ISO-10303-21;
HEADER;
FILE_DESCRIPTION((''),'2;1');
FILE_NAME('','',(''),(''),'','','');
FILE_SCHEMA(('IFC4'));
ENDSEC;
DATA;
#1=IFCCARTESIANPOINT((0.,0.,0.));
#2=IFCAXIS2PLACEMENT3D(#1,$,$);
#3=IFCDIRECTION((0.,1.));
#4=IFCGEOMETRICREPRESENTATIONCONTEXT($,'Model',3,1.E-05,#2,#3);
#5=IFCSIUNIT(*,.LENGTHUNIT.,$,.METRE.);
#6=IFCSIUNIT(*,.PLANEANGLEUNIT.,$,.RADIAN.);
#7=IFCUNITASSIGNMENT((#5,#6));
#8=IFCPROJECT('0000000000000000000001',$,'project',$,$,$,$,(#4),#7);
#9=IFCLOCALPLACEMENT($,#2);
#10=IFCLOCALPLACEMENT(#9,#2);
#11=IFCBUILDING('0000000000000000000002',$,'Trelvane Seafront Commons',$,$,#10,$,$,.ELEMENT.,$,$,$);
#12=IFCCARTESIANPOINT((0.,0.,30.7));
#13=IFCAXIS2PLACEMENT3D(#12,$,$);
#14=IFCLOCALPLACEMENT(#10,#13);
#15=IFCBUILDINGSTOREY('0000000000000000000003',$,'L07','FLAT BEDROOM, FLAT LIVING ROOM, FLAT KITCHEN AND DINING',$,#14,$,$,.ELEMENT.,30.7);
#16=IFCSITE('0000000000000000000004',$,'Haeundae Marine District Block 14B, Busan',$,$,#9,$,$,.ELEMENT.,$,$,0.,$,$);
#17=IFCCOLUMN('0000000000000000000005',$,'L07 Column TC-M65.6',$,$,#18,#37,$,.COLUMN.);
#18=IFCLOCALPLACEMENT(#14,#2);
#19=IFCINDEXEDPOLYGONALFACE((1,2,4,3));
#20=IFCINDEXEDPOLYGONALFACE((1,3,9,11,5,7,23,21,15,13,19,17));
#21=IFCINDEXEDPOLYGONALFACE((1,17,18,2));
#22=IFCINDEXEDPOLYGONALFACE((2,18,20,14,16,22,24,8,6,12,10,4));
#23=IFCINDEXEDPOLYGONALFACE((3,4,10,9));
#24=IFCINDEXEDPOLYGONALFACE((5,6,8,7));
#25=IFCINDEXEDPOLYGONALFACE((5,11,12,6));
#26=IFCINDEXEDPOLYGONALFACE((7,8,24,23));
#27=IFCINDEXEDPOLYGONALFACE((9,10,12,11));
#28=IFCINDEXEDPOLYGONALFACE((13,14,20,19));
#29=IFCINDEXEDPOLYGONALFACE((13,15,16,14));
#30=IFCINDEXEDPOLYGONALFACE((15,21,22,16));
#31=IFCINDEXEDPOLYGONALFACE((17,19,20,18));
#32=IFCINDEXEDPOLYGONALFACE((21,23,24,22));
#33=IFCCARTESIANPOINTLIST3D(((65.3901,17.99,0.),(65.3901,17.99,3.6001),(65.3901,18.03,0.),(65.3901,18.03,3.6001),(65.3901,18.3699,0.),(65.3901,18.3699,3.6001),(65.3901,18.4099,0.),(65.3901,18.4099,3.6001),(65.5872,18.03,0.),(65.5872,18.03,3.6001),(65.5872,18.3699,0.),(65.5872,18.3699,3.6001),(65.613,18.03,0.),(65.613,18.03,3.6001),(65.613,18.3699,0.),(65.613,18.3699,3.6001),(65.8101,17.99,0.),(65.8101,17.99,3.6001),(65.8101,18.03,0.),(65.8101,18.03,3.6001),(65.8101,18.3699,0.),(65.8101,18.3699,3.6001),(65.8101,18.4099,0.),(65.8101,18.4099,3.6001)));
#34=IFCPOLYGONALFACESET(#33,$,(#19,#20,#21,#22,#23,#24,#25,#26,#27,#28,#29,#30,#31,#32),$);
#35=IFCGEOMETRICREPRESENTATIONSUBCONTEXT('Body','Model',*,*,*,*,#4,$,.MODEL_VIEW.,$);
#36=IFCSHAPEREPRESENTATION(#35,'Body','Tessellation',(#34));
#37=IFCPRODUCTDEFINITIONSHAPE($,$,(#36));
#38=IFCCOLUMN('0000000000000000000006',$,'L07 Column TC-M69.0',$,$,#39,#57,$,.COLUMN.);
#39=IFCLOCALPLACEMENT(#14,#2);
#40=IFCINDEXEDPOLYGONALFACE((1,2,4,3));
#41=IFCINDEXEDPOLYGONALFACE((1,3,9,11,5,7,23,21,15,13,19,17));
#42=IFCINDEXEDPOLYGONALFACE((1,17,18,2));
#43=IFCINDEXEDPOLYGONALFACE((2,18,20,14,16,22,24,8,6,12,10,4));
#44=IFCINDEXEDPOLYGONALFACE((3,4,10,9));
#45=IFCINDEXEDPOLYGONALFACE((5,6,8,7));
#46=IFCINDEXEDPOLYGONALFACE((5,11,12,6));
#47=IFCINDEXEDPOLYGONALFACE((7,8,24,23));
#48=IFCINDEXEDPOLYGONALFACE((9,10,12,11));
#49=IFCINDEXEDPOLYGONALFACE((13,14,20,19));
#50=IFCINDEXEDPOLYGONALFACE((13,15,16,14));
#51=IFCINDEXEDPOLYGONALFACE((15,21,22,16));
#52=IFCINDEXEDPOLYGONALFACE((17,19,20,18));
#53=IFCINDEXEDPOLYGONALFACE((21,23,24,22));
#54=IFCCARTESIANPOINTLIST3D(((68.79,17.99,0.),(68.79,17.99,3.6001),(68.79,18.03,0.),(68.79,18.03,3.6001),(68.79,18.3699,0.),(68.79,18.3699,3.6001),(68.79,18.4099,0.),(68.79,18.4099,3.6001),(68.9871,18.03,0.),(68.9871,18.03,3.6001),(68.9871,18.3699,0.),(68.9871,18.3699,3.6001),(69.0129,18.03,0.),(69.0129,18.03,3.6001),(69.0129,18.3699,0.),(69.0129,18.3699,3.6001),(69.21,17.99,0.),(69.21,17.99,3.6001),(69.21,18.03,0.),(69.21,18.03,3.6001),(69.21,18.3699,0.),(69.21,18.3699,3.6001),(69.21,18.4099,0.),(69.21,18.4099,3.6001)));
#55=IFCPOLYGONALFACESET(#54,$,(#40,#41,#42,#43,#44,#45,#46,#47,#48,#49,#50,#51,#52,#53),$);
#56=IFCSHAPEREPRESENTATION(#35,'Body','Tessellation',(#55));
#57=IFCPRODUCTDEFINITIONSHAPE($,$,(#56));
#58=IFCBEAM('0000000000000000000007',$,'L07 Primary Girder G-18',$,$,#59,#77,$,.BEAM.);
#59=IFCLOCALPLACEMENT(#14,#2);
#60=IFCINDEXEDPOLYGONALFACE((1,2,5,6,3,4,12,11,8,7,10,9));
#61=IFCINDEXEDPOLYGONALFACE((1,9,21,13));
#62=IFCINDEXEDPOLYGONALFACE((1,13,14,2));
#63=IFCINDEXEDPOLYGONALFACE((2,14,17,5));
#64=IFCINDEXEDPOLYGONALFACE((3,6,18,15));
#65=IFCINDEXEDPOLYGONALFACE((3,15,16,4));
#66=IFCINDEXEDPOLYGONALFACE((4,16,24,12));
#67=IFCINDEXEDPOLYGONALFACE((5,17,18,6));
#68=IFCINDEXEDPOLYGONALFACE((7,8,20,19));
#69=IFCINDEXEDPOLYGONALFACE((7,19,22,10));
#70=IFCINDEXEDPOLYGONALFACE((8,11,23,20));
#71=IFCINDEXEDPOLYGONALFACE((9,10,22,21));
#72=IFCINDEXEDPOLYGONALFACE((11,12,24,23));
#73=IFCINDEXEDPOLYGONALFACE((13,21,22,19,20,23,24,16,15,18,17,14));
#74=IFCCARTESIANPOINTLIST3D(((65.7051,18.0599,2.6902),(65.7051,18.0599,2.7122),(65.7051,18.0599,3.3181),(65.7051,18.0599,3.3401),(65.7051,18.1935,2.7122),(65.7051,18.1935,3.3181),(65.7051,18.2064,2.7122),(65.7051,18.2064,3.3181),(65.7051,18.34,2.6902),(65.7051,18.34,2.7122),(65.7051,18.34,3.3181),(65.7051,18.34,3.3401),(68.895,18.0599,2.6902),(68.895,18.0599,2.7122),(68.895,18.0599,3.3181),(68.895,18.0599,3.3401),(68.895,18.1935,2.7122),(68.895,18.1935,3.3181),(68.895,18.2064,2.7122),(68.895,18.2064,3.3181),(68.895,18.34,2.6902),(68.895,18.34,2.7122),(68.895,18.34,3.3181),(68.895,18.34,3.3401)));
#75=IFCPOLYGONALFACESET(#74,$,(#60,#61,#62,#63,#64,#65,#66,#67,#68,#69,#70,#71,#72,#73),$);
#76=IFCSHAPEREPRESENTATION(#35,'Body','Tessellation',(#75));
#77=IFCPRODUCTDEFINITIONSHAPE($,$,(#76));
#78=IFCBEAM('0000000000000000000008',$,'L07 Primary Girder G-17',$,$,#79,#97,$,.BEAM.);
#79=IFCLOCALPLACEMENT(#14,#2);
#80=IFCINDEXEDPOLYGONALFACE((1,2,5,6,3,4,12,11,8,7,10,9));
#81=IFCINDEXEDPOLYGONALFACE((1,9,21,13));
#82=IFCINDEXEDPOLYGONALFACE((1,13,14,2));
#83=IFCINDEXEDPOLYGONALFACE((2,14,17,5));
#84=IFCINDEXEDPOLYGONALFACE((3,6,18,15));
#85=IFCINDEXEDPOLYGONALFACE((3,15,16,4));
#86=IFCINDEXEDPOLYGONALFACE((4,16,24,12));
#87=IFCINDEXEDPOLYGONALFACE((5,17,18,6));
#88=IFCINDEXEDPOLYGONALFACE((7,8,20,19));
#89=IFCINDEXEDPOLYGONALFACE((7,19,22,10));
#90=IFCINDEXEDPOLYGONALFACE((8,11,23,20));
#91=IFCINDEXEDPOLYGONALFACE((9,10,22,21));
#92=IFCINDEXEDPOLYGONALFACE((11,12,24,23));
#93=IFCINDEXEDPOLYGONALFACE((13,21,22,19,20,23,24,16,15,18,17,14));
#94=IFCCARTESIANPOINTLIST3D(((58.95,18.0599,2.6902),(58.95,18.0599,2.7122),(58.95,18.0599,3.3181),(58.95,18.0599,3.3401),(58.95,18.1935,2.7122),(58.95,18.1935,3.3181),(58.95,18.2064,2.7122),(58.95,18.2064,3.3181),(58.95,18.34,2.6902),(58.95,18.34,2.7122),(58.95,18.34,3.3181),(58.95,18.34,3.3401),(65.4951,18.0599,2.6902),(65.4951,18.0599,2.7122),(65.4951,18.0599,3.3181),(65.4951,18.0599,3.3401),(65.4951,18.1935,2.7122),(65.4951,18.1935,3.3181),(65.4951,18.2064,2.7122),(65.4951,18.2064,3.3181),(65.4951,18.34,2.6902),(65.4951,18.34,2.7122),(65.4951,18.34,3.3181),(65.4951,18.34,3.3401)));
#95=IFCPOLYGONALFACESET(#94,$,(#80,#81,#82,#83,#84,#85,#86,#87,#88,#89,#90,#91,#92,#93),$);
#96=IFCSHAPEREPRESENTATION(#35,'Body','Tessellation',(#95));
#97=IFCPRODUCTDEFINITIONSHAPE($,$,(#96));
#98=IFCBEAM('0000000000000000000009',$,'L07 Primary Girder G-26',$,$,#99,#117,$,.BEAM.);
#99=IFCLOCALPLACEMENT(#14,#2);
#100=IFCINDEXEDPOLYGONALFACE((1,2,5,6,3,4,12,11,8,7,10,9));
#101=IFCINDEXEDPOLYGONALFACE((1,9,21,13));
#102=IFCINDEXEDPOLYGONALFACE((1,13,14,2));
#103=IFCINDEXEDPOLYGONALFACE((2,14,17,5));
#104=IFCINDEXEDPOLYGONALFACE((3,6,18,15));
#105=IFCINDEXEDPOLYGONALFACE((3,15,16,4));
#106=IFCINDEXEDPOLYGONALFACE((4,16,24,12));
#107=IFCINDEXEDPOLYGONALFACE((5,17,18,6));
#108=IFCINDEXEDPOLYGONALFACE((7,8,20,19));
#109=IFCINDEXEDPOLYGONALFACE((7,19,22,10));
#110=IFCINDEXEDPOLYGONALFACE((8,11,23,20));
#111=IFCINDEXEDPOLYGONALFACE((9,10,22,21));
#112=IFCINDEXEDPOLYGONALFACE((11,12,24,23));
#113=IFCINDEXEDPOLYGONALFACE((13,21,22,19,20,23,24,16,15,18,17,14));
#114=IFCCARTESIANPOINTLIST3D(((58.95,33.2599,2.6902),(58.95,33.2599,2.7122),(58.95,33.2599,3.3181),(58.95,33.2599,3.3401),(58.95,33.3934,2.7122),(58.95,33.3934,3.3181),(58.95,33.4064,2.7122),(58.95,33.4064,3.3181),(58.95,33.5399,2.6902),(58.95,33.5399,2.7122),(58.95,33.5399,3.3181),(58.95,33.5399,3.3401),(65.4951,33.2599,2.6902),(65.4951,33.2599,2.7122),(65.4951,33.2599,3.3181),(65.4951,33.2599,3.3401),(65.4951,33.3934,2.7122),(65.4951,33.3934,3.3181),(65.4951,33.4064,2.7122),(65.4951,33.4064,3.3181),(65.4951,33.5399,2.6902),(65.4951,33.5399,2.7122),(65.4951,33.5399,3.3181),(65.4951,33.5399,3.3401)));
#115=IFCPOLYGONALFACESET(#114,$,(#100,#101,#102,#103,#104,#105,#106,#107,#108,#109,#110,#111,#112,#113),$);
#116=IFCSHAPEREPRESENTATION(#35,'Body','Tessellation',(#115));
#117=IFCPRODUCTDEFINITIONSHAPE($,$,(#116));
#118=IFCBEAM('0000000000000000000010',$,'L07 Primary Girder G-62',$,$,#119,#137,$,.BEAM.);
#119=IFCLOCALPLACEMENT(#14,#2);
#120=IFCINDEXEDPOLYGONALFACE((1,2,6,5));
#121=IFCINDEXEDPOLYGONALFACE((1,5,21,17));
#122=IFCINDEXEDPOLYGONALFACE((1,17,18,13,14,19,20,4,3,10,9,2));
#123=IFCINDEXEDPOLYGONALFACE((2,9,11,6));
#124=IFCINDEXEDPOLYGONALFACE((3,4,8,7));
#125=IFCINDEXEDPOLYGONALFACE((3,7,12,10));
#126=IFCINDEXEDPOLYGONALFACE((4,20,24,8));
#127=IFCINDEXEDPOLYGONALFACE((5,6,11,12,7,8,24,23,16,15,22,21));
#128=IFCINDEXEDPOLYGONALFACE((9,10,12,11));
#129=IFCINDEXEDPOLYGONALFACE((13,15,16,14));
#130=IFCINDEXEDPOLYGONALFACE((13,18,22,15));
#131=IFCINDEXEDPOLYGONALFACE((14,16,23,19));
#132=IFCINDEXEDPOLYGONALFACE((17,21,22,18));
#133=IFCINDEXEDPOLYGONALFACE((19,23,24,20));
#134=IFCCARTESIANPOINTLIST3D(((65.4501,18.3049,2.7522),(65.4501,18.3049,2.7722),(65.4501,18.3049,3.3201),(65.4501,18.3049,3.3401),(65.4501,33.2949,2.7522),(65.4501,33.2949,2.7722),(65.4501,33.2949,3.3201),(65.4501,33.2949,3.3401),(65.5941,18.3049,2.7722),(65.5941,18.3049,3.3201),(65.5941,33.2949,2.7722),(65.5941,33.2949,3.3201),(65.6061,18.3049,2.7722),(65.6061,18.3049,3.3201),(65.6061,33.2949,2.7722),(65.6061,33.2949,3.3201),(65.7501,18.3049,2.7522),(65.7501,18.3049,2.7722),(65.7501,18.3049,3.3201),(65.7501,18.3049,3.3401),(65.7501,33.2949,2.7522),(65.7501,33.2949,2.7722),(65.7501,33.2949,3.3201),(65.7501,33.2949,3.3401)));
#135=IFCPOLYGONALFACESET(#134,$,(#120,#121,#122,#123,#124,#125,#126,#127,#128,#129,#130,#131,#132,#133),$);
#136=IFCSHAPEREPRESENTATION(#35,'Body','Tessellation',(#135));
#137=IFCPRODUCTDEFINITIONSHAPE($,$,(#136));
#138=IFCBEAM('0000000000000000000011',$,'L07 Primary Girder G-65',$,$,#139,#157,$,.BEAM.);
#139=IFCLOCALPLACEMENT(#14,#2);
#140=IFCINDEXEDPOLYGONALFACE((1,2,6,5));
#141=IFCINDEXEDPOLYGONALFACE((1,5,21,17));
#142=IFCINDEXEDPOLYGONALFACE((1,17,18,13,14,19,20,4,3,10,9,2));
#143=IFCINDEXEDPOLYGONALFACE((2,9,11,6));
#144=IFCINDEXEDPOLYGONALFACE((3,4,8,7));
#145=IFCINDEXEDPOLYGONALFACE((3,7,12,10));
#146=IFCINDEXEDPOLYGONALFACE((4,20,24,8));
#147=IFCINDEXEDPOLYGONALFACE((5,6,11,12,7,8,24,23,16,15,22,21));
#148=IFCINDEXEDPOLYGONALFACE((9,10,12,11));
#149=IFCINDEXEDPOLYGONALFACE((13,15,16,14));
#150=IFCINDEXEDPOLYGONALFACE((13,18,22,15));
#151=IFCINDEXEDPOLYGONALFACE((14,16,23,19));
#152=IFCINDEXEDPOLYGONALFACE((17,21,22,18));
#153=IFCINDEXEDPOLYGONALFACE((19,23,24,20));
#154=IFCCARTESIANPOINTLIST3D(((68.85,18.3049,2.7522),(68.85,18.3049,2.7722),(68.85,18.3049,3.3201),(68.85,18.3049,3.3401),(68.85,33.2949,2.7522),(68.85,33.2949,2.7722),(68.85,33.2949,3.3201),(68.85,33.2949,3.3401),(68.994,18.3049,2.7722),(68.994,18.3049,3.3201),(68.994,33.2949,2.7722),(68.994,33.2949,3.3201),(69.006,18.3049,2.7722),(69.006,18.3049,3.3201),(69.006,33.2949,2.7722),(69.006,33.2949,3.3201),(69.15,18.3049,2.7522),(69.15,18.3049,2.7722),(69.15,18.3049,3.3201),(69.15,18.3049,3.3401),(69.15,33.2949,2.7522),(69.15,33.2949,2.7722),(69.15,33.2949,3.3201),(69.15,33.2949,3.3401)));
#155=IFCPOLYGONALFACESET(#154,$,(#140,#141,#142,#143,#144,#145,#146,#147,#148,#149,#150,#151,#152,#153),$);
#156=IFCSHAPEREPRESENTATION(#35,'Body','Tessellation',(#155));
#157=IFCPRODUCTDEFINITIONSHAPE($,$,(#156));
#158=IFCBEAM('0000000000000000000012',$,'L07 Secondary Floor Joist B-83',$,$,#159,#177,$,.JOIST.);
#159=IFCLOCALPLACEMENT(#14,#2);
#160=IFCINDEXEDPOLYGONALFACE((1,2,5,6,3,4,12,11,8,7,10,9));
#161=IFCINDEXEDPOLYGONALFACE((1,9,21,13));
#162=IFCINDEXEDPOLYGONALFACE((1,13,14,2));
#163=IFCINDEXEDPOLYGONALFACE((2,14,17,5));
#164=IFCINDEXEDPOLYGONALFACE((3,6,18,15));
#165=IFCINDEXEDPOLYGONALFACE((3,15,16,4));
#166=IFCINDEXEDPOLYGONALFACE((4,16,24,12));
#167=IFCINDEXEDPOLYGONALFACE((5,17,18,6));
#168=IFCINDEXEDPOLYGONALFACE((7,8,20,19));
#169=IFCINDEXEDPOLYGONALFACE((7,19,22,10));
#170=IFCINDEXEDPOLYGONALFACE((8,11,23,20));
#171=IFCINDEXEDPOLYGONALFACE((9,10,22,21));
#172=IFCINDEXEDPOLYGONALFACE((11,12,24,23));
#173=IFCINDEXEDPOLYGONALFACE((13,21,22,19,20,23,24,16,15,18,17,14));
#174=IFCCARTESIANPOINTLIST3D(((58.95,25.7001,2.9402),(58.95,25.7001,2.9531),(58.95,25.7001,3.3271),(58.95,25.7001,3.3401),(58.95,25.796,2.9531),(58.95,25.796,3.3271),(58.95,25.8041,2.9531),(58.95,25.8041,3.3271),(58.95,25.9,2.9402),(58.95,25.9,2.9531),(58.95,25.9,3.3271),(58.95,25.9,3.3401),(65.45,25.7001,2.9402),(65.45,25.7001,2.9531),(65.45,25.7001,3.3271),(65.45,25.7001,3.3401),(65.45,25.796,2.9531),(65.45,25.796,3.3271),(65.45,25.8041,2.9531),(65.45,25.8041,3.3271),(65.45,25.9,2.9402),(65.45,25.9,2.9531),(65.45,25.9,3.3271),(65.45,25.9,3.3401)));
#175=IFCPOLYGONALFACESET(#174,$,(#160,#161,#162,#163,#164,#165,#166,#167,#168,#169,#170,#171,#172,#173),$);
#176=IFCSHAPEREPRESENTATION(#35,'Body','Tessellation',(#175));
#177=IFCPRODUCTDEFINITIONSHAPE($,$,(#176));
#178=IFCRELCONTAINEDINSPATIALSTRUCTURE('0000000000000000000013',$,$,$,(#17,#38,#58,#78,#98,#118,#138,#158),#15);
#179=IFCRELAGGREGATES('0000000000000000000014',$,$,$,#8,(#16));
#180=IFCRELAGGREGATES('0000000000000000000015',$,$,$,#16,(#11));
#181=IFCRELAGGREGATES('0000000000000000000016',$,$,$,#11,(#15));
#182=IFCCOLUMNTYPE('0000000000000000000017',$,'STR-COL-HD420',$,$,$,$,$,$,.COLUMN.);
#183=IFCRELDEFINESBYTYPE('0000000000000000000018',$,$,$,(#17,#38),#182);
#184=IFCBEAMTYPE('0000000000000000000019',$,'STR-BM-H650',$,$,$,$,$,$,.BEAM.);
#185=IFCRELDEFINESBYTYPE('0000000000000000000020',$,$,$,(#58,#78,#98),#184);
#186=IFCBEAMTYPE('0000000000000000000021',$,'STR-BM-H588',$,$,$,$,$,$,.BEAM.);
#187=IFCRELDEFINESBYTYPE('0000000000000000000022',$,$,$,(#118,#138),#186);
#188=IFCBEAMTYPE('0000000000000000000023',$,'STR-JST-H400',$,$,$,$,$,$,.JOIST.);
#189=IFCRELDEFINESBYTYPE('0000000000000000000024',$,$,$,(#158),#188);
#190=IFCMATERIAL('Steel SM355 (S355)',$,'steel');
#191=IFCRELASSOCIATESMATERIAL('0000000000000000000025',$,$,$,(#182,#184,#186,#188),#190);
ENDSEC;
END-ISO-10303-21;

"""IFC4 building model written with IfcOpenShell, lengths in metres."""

from ifc_helpers import new_model, si_unit, direction, frame, origin, origin_2d, place, context, subcontext, project, spatial, i_section, extrude, source, transform, mapped, material, material_profile, profile_set, type_object, element, save


model = new_model("IFC4")

# Units and contexts
model_context = context("Model", 3, precision=1e-05, world=origin(), true_north=direction((0.0, 1.0)))
body_context = subcontext(model_context, "Body", "Model", "MODEL_VIEW")
ifc_project = project(units=[si_unit("LENGTHUNIT", "METRE"), si_unit("PLANEANGLEUNIT", "RADIAN")], contexts=[model_context])

# Site, building, storey
site_placement = place(None, origin())
site = spatial("IfcSite", under=ifc_project, at=site_placement, Name="Haeundae Marine District Block 14B, Busan", CompositionType="ELEMENT", RefElevation=0.0)
building_placement = place(site_placement, origin())
building = spatial("IfcBuilding", under=site, at=building_placement, Name="Trelvane Seafront Commons", CompositionType="ELEMENT")
storey_placement = place(building_placement, frame((0.0, 0.0, 30.7)))
storey = spatial("IfcBuildingStorey", under=building, at=storey_placement, Name="L07", Description="FLAT BEDROOM, FLAT LIVING ROOM, FLAT KITCHEN AND DINING", CompositionType="ELEMENT", Elevation=30.7)

# Columns
ifc_material_1 = material(Name="Steel SM355 (S355)", Category="steel")
ifc_material_profile_1 = material_profile(ifc_material_1, i_section(OverallWidth=0.4199, OverallDepth=0.4199, WebThickness=0.0259, FlangeThickness=0.04, at=origin_2d()), Name="HD-420x420x26x40")
ifc_profile_set_1 = profile_set([ifc_material_profile_1], Name="Steel SM355 (S355)")
column_type = type_object("IfcColumnType", Name="STR-COL-HD420", PredefinedType="COLUMN", material=ifc_profile_set_1)
shared_shape_1 = source(origin(), body_context, "Body", "SweptSolid", [
    extrude(i_section(OverallWidth=0.4199, OverallDepth=0.4199, WebThickness=0.0259, FlangeThickness=0.04, at=origin_2d()), origin(), (0.0, 0.0, 1.0), 3.6001),
])
for number, where, z_axis, x_axis, name in (
    (1, (65.6001, 18.2, 0.0), (0.0, 0.0, 1.0), (1.0, 0.0, 0.0), "L07 Column TC-M65.6"),
    (2, (69.0, 18.2, 0.0), (0.0, 0.0, 1.0), (1.0, 0.0, 0.0), "L07 Column TC-M69.0"),
):
    element("IfcColumn", number, at=place(storey_placement, frame(where, z_axis=z_axis, x_axis=x_axis)), inside=storey, type_object=column_type, Name=name, PredefinedType="COLUMN", context=body_context, shape_type="MappedRepresentation", body=[
        mapped(shared_shape_1, transform((0.0, 0.0, 0.0), x_axis=(1.0, 0.0, 0.0), y_axis=(0.0, 1.0, 0.0), z_axis=(0.0, 0.0, 1.0), scale=1.0)),
    ])

# Beams
ifc_material_profile_2 = material_profile(ifc_material_1, i_section(OverallWidth=0.28, OverallDepth=0.6499, WebThickness=0.0129, FlangeThickness=0.022, at=origin_2d()), Name="H-650x280x13x22")
ifc_profile_set_2 = profile_set([ifc_material_profile_2], Name="Steel SM355 (S355)")
beam_type_1 = type_object("IfcBeamType", Name="STR-BM-H650", PredefinedType="BEAM", material=ifc_profile_set_2)
shared_shape_2 = source(origin(), body_context, "Body", "SweptSolid", [
    extrude(i_section(OverallWidth=0.28, OverallDepth=0.6499, WebThickness=0.0129, FlangeThickness=0.022, at=origin_2d()), origin(), (0.0, 0.0, 1.0), 3.1899),
])
beam_1_placement = place(storey_placement, frame((65.7051, 18.2, 3.0151), z_axis=(1.0, 0.0, 0.0), x_axis=(0.0, 1.0, 0.0)))
element("IfcBeam", 3, at=beam_1_placement, inside=storey, type_object=beam_type_1, Name="L07 Primary Girder G-18", PredefinedType="BEAM", context=body_context, shape_type="MappedRepresentation", body=[
    mapped(shared_shape_2, transform((0.0, 0.0, 0.0), x_axis=(1.0, 0.0, 0.0), y_axis=(0.0, 1.0, 0.0), z_axis=(0.0, 0.0, 1.0), scale=1.0)),
])
shared_shape_3 = source(origin(), body_context, "Body", "SweptSolid", [
    extrude(i_section(OverallWidth=0.28, OverallDepth=0.6499, WebThickness=0.0129, FlangeThickness=0.022, at=origin_2d()), origin(), (0.0, 0.0, 1.0), 6.5452),
])
for number, where, z_axis, x_axis, name in (
    (4, (58.95, 18.2, 3.0151), (1.0, 0.0, 0.0), (0.0, 1.0, 0.0), "L07 Primary Girder G-17"),
    (5, (58.95, 33.3999, 3.0151), (1.0, 0.0, 0.0), (0.0, 1.0, 0.0), "L07 Primary Girder G-26"),
):
    element("IfcBeam", number, at=place(storey_placement, frame(where, z_axis=z_axis, x_axis=x_axis)), inside=storey, type_object=beam_type_1, Name=name, PredefinedType="BEAM", context=body_context, shape_type="MappedRepresentation", body=[
        mapped(shared_shape_3, transform((0.0, 0.0, 0.0), x_axis=(1.0, 0.0, 0.0), y_axis=(0.0, 1.0, 0.0), z_axis=(0.0, 0.0, 1.0), scale=1.0)),
    ])
ifc_material_profile_3 = material_profile(ifc_material_1, i_section(OverallWidth=0.3, OverallDepth=0.5879, WebThickness=0.012, FlangeThickness=0.02, at=origin_2d()), Name="H-588x300x12x20")
ifc_profile_set_3 = profile_set([ifc_material_profile_3], Name="Steel SM355 (S355)")
beam_type_2 = type_object("IfcBeamType", Name="STR-BM-H588", PredefinedType="BEAM", material=ifc_profile_set_3)
shared_shape_4 = source(origin(), body_context, "Body", "SweptSolid", [
    extrude(i_section(OverallWidth=0.3, OverallDepth=0.5879, WebThickness=0.012, FlangeThickness=0.02, at=origin_2d()), origin(), (0.0, 0.0, 1.0), 14.99),
])
for number, where, z_axis, x_axis, name in (
    (6, (65.6001, 18.3049, 3.0461), (0.0, 1.0, 0.0), (-1.0, 0.0, 0.0), "L07 Primary Girder G-62"),
    (7, (69.0, 18.3049, 3.0461), (0.0, 1.0, 0.0), (-1.0, 0.0, 0.0), "L07 Primary Girder G-65"),
):
    element("IfcBeam", number, at=place(storey_placement, frame(where, z_axis=z_axis, x_axis=x_axis)), inside=storey, type_object=beam_type_2, Name=name, PredefinedType="BEAM", context=body_context, shape_type="MappedRepresentation", body=[
        mapped(shared_shape_4, transform((0.0, 0.0, 0.0), x_axis=(1.0, 0.0, 0.0), y_axis=(0.0, 1.0, 0.0), z_axis=(0.0, 0.0, 1.0), scale=1.0)),
    ])
ifc_material_profile_4 = material_profile(ifc_material_1, i_section(OverallWidth=0.2, OverallDepth=0.3999, WebThickness=0.0081, FlangeThickness=0.0129, at=origin_2d()), Name="H-400x200x8x13")
ifc_profile_set_4 = profile_set([ifc_material_profile_4], Name="Steel SM355 (S355)")
beam_type_3 = type_object("IfcBeamType", Name="STR-JST-H400", PredefinedType="JOIST", material=ifc_profile_set_4)
shared_shape_5 = source(origin(), body_context, "Body", "SweptSolid", [
    extrude(i_section(OverallWidth=0.2, OverallDepth=0.3999, WebThickness=0.0081, FlangeThickness=0.0129, at=origin_2d()), origin(), (0.0, 0.0, 1.0), 6.5),
])
beam_2_placement = place(storey_placement, frame((58.95, 25.8, 3.1401), z_axis=(1.0, 0.0, 0.0), x_axis=(0.0, 1.0, 0.0)))
element("IfcBeam", 8, at=beam_2_placement, inside=storey, type_object=beam_type_3, Name="L07 Secondary Floor Joist B-83", PredefinedType="JOIST", context=body_context, shape_type="MappedRepresentation", body=[
    mapped(shared_shape_5, transform((0.0, 0.0, 0.0), x_axis=(1.0, 0.0, 0.0), y_axis=(0.0, 1.0, 0.0), z_axis=(0.0, 0.0, 1.0), scale=1.0)),
])

save(model, "model.ifc")
